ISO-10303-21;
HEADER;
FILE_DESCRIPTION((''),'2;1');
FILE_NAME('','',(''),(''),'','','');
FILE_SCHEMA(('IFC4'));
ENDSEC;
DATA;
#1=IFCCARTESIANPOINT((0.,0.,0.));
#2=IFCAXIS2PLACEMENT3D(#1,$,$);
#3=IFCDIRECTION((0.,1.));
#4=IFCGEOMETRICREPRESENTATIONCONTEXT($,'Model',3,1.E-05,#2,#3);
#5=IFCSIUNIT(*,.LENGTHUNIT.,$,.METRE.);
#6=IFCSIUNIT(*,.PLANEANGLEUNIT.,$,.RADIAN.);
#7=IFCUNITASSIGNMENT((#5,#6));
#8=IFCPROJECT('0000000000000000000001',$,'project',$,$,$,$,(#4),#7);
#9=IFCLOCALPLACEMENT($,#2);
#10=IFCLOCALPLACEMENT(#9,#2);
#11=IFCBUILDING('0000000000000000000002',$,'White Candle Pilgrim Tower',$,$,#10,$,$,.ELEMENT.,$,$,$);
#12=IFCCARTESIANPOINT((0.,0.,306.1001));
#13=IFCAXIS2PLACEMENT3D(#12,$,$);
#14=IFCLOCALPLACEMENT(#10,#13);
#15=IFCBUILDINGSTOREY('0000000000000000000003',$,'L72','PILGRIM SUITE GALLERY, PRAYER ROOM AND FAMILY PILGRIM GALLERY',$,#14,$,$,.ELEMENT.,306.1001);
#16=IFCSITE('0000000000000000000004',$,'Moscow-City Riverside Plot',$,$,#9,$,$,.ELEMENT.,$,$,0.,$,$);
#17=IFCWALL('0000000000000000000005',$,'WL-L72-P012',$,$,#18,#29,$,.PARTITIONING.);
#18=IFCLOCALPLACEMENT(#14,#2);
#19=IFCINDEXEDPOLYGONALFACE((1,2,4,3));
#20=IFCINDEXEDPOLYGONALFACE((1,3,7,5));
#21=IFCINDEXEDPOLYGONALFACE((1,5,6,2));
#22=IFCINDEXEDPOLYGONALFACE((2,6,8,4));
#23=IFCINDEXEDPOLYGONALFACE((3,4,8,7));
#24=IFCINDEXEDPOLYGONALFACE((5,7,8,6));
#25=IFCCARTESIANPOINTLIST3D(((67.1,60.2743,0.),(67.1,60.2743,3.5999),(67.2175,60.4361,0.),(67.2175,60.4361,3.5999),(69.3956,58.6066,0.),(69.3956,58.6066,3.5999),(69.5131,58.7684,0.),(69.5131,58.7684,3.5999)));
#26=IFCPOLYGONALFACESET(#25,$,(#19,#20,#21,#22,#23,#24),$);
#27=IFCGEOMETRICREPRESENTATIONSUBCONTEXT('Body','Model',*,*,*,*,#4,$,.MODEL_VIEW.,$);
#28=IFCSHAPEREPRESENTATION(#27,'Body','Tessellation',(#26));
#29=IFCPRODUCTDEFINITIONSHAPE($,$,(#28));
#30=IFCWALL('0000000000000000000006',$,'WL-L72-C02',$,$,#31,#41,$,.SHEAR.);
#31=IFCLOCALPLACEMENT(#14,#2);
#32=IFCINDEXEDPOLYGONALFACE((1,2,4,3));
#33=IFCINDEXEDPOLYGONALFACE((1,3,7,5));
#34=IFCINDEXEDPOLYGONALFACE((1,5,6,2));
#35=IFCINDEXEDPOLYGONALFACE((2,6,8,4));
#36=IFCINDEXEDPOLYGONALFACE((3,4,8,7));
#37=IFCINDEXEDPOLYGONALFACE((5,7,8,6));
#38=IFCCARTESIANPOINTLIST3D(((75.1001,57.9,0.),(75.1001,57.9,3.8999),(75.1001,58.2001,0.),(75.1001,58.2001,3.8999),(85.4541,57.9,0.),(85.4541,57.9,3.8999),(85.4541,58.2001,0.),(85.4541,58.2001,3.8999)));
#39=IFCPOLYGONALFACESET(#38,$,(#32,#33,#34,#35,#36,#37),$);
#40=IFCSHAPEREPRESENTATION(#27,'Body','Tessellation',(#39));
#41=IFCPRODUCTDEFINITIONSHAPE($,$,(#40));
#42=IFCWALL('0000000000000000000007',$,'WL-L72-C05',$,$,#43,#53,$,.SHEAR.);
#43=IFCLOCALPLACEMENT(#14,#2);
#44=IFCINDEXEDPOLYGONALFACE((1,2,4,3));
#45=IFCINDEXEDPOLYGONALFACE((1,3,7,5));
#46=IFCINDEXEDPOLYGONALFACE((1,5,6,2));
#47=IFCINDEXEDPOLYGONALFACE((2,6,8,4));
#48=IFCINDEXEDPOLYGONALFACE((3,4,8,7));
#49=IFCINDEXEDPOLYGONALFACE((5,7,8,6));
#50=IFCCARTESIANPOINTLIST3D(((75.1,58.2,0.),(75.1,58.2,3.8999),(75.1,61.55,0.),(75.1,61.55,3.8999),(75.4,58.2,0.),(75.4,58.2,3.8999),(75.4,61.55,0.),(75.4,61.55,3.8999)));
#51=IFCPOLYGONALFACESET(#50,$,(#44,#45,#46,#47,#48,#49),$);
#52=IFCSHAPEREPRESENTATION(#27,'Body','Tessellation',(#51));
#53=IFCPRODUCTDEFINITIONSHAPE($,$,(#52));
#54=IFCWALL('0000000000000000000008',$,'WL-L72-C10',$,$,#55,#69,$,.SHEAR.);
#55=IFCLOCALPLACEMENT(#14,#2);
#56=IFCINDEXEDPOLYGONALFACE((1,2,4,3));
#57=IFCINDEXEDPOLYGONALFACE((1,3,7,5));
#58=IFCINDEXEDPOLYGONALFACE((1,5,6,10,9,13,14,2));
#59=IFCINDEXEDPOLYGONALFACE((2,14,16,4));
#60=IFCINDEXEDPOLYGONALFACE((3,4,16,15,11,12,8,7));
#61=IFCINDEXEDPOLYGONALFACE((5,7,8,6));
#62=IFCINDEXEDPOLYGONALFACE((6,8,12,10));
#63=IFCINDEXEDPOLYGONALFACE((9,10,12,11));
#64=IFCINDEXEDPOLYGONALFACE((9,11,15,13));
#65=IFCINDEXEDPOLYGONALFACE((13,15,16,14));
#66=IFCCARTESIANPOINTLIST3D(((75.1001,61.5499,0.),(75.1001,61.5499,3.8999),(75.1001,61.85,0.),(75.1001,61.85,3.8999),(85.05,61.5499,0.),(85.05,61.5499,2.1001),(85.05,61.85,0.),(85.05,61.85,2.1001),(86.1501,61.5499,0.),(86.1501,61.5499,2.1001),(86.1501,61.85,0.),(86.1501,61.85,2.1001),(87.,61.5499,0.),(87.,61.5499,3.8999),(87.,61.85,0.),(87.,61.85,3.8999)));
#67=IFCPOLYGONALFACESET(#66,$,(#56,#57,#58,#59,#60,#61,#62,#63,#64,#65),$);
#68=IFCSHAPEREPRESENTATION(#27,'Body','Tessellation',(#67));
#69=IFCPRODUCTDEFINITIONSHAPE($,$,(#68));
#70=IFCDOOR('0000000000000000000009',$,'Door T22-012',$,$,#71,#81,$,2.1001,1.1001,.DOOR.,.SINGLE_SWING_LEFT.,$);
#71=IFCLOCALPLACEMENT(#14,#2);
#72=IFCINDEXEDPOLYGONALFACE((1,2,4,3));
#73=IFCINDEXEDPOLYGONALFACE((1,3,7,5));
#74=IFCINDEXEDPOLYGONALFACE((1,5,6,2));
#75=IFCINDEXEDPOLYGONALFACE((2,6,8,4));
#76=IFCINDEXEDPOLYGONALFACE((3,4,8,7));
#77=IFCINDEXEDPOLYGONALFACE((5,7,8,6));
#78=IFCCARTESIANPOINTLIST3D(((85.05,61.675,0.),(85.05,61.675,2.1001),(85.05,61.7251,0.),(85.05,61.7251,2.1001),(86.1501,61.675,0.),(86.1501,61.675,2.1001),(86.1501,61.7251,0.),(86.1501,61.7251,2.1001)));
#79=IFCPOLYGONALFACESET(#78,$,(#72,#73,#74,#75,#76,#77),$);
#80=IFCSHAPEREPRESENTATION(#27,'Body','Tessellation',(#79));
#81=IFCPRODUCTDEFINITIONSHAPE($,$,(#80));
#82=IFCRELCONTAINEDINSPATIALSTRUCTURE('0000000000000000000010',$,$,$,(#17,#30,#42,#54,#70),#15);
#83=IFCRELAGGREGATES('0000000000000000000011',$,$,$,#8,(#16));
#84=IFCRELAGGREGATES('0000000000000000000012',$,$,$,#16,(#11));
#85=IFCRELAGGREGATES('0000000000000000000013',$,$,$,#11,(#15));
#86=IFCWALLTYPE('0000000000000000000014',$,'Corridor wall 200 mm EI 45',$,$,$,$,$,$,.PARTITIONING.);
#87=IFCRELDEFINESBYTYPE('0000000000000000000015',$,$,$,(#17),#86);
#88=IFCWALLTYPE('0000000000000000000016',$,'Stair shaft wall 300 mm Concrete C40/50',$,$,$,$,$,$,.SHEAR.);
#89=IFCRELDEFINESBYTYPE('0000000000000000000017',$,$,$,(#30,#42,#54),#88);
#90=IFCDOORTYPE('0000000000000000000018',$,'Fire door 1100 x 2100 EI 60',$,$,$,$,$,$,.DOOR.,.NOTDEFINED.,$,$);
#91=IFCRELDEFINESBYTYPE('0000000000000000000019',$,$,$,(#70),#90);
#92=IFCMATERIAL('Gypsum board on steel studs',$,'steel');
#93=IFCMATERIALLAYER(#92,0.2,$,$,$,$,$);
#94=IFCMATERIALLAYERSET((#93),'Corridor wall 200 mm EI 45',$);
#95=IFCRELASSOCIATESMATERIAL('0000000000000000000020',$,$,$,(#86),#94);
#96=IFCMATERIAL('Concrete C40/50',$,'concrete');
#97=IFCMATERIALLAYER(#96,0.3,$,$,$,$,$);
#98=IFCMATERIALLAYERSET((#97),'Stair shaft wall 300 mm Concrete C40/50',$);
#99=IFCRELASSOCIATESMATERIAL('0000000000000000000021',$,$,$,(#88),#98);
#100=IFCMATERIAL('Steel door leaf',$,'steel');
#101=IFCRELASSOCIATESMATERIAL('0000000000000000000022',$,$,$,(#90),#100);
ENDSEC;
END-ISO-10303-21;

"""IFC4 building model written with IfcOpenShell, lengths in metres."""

from ifc_helpers import new_model, si_unit, direction, frame, frame_2d, origin, place, context, subcontext, project, spatial, rectangle, extrude, material, layer, layer_set, type_object, element, fill, save


model = new_model("IFC4")

# Units and contexts
model_context = context("Model", 3, precision=1e-05, world=origin(), true_north=direction((0.0, 1.0)))
body_context = subcontext(model_context, "Body", "Model", "MODEL_VIEW")
ifc_project = project(units=[si_unit("LENGTHUNIT", "METRE"), si_unit("PLANEANGLEUNIT", "RADIAN")], contexts=[model_context])

# Site, building, storey
site_placement = place(None, origin())
site = spatial("IfcSite", under=ifc_project, at=site_placement, Name="Moscow-City Riverside Plot", CompositionType="ELEMENT", RefElevation=0.0)
building_placement = place(site_placement, origin())
building = spatial("IfcBuilding", under=site, at=building_placement, Name="White Candle Pilgrim Tower", CompositionType="ELEMENT")
storey_placement = place(building_placement, frame((0.0, 0.0, 306.1001)))
storey = spatial("IfcBuildingStorey", under=building, at=storey_placement, Name="L72", Description="PILGRIM SUITE GALLERY, PRAYER ROOM AND FAMILY PILGRIM GALLERY", CompositionType="ELEMENT", Elevation=306.1001)

# Shared definitions
ifc_material_1 = material(Name="Gypsum board on steel studs", Category="steel")
ifc_layer_1 = layer(ifc_material_1, 0.2)
ifc_layer_set_1 = layer_set([ifc_layer_1], Name="Corridor wall 200 mm EI 45")
wall_type_1 = type_object("IfcWallType", Name="Corridor wall 200 mm EI 45", PredefinedType="PARTITIONING", material=ifc_layer_set_1)

# Shared definitions
ifc_material_2 = material(Name="Steel door leaf", Category="steel")

# Walls
wall_1_placement = place(storey_placement, frame((69.4543, 58.6875, 0.0), z_axis=(0.0, 0.0, 1.0), x_axis=(-0.809045, 0.587747, 0.0)))
element("IfcWall", 1, at=wall_1_placement, inside=storey, type_object=wall_type_1, Name="WL-L72-P012", PredefinedType="PARTITIONING", context=body_context, shape_type="SweptSolid", body=[
    extrude(rectangle(XDim=2.8374, YDim=0.2, at=frame_2d((1.4187, 0.0))), origin(), (0.0, 0.0, 1.0), 3.5999),
])
ifc_material_3 = material(Name="Concrete C40/50", Category="concrete")
ifc_layer_2 = layer(ifc_material_3, 0.3)
ifc_layer_set_2 = layer_set([ifc_layer_2], Name="Stair shaft wall 300 mm Concrete C40/50")
wall_type_2 = type_object("IfcWallType", Name="Stair shaft wall 300 mm Concrete C40/50", PredefinedType="SHEAR", material=ifc_layer_set_2)
wall_2_placement = place(storey_placement, frame((75.1001, 58.05, 0.0), z_axis=(0.0, 0.0, 1.0), x_axis=(1.0, 0.0, 0.0)))
element("IfcWall", 2, at=wall_2_placement, inside=storey, type_object=wall_type_2, Name="WL-L72-C02", PredefinedType="SHEAR", context=body_context, shape_type="SweptSolid", body=[
    extrude(rectangle(XDim=10.354, YDim=0.3, at=frame_2d((5.177, 0.0))), origin(), (0.0, 0.0, 1.0), 3.8999),
])
wall_3_placement = place(storey_placement, frame((75.25, 58.2, 0.0), z_axis=(0.0, 0.0, 1.0), x_axis=(0.0, 1.0, 0.0)))
element("IfcWall", 3, at=wall_3_placement, inside=storey, type_object=wall_type_2, Name="WL-L72-C05", PredefinedType="SHEAR", context=body_context, shape_type="SweptSolid", body=[
    extrude(rectangle(XDim=3.3501, YDim=0.3, at=frame_2d((1.675, 0.0))), origin(), (0.0, 0.0, 1.0), 3.8999),
])

# Wall, opening, door
wall_4_placement = place(storey_placement, frame((75.1001, 61.7, 0.0), z_axis=(0.0, 0.0, 1.0), x_axis=(1.0, 0.0, 0.0)))
wall_4 = element("IfcWall", 4, at=wall_4_placement, inside=storey, type_object=wall_type_2, Name="WL-L72-C10", PredefinedType="SHEAR", context=body_context, shape_type="SweptSolid", body=[
    extrude(rectangle(XDim=11.8999, YDim=0.3, at=frame_2d((5.95, 0.0))), origin(), (0.0, 0.0, 1.0), 3.8999),
])
opening_1_placement = place(wall_4_placement, frame((9.95, 0.0, 0.0)))
opening_1 = element("IfcOpeningElement", 5, at=opening_1_placement, cuts=wall_4, PredefinedType="OPENING", context=body_context, shape_type="SweptSolid", body=[
    extrude(rectangle(XDim=1.1001, YDim=2.1001, at=frame_2d((0.55, 1.05))), frame((0.0, 0.1599, 0.0), z_axis=(0.0, -1.0, 0.0), x_axis=(1.0, 0.0, 0.0)), (0.0, 0.0, 1.0), 0.3201),
])
door_type_1 = type_object("IfcDoorType", Name="Fire door 1100 x 2100 EI 60", OperationType="NOTDEFINED", PredefinedType="DOOR", material=ifc_material_2)
door_1_placement = place(opening_1_placement, frame((1.1001, 0.0, 0.0), z_axis=(0.0, 0.0, 1.0), x_axis=(-1.0, 0.0, 0.0)))
door_1 = element("IfcDoor", 6, at=door_1_placement, inside=storey, type_object=door_type_1, Name="Door T22-012", OperationType="SINGLE_SWING_LEFT", OverallHeight=2.1001, OverallWidth=1.1001, PredefinedType="DOOR", context=body_context, shape_type="SweptSolid", body=[
    extrude(rectangle(XDim=1.1001, YDim=2.1001, at=frame_2d((0.55, 1.05))), frame((0.0, 0.0249, 0.0), z_axis=(0.0, -1.0, 0.0), x_axis=(1.0, 0.0, 0.0)), (0.0, 0.0, 1.0), 0.05),
])
fill(opening_1, door_1)

save(model, "model.ifc")
